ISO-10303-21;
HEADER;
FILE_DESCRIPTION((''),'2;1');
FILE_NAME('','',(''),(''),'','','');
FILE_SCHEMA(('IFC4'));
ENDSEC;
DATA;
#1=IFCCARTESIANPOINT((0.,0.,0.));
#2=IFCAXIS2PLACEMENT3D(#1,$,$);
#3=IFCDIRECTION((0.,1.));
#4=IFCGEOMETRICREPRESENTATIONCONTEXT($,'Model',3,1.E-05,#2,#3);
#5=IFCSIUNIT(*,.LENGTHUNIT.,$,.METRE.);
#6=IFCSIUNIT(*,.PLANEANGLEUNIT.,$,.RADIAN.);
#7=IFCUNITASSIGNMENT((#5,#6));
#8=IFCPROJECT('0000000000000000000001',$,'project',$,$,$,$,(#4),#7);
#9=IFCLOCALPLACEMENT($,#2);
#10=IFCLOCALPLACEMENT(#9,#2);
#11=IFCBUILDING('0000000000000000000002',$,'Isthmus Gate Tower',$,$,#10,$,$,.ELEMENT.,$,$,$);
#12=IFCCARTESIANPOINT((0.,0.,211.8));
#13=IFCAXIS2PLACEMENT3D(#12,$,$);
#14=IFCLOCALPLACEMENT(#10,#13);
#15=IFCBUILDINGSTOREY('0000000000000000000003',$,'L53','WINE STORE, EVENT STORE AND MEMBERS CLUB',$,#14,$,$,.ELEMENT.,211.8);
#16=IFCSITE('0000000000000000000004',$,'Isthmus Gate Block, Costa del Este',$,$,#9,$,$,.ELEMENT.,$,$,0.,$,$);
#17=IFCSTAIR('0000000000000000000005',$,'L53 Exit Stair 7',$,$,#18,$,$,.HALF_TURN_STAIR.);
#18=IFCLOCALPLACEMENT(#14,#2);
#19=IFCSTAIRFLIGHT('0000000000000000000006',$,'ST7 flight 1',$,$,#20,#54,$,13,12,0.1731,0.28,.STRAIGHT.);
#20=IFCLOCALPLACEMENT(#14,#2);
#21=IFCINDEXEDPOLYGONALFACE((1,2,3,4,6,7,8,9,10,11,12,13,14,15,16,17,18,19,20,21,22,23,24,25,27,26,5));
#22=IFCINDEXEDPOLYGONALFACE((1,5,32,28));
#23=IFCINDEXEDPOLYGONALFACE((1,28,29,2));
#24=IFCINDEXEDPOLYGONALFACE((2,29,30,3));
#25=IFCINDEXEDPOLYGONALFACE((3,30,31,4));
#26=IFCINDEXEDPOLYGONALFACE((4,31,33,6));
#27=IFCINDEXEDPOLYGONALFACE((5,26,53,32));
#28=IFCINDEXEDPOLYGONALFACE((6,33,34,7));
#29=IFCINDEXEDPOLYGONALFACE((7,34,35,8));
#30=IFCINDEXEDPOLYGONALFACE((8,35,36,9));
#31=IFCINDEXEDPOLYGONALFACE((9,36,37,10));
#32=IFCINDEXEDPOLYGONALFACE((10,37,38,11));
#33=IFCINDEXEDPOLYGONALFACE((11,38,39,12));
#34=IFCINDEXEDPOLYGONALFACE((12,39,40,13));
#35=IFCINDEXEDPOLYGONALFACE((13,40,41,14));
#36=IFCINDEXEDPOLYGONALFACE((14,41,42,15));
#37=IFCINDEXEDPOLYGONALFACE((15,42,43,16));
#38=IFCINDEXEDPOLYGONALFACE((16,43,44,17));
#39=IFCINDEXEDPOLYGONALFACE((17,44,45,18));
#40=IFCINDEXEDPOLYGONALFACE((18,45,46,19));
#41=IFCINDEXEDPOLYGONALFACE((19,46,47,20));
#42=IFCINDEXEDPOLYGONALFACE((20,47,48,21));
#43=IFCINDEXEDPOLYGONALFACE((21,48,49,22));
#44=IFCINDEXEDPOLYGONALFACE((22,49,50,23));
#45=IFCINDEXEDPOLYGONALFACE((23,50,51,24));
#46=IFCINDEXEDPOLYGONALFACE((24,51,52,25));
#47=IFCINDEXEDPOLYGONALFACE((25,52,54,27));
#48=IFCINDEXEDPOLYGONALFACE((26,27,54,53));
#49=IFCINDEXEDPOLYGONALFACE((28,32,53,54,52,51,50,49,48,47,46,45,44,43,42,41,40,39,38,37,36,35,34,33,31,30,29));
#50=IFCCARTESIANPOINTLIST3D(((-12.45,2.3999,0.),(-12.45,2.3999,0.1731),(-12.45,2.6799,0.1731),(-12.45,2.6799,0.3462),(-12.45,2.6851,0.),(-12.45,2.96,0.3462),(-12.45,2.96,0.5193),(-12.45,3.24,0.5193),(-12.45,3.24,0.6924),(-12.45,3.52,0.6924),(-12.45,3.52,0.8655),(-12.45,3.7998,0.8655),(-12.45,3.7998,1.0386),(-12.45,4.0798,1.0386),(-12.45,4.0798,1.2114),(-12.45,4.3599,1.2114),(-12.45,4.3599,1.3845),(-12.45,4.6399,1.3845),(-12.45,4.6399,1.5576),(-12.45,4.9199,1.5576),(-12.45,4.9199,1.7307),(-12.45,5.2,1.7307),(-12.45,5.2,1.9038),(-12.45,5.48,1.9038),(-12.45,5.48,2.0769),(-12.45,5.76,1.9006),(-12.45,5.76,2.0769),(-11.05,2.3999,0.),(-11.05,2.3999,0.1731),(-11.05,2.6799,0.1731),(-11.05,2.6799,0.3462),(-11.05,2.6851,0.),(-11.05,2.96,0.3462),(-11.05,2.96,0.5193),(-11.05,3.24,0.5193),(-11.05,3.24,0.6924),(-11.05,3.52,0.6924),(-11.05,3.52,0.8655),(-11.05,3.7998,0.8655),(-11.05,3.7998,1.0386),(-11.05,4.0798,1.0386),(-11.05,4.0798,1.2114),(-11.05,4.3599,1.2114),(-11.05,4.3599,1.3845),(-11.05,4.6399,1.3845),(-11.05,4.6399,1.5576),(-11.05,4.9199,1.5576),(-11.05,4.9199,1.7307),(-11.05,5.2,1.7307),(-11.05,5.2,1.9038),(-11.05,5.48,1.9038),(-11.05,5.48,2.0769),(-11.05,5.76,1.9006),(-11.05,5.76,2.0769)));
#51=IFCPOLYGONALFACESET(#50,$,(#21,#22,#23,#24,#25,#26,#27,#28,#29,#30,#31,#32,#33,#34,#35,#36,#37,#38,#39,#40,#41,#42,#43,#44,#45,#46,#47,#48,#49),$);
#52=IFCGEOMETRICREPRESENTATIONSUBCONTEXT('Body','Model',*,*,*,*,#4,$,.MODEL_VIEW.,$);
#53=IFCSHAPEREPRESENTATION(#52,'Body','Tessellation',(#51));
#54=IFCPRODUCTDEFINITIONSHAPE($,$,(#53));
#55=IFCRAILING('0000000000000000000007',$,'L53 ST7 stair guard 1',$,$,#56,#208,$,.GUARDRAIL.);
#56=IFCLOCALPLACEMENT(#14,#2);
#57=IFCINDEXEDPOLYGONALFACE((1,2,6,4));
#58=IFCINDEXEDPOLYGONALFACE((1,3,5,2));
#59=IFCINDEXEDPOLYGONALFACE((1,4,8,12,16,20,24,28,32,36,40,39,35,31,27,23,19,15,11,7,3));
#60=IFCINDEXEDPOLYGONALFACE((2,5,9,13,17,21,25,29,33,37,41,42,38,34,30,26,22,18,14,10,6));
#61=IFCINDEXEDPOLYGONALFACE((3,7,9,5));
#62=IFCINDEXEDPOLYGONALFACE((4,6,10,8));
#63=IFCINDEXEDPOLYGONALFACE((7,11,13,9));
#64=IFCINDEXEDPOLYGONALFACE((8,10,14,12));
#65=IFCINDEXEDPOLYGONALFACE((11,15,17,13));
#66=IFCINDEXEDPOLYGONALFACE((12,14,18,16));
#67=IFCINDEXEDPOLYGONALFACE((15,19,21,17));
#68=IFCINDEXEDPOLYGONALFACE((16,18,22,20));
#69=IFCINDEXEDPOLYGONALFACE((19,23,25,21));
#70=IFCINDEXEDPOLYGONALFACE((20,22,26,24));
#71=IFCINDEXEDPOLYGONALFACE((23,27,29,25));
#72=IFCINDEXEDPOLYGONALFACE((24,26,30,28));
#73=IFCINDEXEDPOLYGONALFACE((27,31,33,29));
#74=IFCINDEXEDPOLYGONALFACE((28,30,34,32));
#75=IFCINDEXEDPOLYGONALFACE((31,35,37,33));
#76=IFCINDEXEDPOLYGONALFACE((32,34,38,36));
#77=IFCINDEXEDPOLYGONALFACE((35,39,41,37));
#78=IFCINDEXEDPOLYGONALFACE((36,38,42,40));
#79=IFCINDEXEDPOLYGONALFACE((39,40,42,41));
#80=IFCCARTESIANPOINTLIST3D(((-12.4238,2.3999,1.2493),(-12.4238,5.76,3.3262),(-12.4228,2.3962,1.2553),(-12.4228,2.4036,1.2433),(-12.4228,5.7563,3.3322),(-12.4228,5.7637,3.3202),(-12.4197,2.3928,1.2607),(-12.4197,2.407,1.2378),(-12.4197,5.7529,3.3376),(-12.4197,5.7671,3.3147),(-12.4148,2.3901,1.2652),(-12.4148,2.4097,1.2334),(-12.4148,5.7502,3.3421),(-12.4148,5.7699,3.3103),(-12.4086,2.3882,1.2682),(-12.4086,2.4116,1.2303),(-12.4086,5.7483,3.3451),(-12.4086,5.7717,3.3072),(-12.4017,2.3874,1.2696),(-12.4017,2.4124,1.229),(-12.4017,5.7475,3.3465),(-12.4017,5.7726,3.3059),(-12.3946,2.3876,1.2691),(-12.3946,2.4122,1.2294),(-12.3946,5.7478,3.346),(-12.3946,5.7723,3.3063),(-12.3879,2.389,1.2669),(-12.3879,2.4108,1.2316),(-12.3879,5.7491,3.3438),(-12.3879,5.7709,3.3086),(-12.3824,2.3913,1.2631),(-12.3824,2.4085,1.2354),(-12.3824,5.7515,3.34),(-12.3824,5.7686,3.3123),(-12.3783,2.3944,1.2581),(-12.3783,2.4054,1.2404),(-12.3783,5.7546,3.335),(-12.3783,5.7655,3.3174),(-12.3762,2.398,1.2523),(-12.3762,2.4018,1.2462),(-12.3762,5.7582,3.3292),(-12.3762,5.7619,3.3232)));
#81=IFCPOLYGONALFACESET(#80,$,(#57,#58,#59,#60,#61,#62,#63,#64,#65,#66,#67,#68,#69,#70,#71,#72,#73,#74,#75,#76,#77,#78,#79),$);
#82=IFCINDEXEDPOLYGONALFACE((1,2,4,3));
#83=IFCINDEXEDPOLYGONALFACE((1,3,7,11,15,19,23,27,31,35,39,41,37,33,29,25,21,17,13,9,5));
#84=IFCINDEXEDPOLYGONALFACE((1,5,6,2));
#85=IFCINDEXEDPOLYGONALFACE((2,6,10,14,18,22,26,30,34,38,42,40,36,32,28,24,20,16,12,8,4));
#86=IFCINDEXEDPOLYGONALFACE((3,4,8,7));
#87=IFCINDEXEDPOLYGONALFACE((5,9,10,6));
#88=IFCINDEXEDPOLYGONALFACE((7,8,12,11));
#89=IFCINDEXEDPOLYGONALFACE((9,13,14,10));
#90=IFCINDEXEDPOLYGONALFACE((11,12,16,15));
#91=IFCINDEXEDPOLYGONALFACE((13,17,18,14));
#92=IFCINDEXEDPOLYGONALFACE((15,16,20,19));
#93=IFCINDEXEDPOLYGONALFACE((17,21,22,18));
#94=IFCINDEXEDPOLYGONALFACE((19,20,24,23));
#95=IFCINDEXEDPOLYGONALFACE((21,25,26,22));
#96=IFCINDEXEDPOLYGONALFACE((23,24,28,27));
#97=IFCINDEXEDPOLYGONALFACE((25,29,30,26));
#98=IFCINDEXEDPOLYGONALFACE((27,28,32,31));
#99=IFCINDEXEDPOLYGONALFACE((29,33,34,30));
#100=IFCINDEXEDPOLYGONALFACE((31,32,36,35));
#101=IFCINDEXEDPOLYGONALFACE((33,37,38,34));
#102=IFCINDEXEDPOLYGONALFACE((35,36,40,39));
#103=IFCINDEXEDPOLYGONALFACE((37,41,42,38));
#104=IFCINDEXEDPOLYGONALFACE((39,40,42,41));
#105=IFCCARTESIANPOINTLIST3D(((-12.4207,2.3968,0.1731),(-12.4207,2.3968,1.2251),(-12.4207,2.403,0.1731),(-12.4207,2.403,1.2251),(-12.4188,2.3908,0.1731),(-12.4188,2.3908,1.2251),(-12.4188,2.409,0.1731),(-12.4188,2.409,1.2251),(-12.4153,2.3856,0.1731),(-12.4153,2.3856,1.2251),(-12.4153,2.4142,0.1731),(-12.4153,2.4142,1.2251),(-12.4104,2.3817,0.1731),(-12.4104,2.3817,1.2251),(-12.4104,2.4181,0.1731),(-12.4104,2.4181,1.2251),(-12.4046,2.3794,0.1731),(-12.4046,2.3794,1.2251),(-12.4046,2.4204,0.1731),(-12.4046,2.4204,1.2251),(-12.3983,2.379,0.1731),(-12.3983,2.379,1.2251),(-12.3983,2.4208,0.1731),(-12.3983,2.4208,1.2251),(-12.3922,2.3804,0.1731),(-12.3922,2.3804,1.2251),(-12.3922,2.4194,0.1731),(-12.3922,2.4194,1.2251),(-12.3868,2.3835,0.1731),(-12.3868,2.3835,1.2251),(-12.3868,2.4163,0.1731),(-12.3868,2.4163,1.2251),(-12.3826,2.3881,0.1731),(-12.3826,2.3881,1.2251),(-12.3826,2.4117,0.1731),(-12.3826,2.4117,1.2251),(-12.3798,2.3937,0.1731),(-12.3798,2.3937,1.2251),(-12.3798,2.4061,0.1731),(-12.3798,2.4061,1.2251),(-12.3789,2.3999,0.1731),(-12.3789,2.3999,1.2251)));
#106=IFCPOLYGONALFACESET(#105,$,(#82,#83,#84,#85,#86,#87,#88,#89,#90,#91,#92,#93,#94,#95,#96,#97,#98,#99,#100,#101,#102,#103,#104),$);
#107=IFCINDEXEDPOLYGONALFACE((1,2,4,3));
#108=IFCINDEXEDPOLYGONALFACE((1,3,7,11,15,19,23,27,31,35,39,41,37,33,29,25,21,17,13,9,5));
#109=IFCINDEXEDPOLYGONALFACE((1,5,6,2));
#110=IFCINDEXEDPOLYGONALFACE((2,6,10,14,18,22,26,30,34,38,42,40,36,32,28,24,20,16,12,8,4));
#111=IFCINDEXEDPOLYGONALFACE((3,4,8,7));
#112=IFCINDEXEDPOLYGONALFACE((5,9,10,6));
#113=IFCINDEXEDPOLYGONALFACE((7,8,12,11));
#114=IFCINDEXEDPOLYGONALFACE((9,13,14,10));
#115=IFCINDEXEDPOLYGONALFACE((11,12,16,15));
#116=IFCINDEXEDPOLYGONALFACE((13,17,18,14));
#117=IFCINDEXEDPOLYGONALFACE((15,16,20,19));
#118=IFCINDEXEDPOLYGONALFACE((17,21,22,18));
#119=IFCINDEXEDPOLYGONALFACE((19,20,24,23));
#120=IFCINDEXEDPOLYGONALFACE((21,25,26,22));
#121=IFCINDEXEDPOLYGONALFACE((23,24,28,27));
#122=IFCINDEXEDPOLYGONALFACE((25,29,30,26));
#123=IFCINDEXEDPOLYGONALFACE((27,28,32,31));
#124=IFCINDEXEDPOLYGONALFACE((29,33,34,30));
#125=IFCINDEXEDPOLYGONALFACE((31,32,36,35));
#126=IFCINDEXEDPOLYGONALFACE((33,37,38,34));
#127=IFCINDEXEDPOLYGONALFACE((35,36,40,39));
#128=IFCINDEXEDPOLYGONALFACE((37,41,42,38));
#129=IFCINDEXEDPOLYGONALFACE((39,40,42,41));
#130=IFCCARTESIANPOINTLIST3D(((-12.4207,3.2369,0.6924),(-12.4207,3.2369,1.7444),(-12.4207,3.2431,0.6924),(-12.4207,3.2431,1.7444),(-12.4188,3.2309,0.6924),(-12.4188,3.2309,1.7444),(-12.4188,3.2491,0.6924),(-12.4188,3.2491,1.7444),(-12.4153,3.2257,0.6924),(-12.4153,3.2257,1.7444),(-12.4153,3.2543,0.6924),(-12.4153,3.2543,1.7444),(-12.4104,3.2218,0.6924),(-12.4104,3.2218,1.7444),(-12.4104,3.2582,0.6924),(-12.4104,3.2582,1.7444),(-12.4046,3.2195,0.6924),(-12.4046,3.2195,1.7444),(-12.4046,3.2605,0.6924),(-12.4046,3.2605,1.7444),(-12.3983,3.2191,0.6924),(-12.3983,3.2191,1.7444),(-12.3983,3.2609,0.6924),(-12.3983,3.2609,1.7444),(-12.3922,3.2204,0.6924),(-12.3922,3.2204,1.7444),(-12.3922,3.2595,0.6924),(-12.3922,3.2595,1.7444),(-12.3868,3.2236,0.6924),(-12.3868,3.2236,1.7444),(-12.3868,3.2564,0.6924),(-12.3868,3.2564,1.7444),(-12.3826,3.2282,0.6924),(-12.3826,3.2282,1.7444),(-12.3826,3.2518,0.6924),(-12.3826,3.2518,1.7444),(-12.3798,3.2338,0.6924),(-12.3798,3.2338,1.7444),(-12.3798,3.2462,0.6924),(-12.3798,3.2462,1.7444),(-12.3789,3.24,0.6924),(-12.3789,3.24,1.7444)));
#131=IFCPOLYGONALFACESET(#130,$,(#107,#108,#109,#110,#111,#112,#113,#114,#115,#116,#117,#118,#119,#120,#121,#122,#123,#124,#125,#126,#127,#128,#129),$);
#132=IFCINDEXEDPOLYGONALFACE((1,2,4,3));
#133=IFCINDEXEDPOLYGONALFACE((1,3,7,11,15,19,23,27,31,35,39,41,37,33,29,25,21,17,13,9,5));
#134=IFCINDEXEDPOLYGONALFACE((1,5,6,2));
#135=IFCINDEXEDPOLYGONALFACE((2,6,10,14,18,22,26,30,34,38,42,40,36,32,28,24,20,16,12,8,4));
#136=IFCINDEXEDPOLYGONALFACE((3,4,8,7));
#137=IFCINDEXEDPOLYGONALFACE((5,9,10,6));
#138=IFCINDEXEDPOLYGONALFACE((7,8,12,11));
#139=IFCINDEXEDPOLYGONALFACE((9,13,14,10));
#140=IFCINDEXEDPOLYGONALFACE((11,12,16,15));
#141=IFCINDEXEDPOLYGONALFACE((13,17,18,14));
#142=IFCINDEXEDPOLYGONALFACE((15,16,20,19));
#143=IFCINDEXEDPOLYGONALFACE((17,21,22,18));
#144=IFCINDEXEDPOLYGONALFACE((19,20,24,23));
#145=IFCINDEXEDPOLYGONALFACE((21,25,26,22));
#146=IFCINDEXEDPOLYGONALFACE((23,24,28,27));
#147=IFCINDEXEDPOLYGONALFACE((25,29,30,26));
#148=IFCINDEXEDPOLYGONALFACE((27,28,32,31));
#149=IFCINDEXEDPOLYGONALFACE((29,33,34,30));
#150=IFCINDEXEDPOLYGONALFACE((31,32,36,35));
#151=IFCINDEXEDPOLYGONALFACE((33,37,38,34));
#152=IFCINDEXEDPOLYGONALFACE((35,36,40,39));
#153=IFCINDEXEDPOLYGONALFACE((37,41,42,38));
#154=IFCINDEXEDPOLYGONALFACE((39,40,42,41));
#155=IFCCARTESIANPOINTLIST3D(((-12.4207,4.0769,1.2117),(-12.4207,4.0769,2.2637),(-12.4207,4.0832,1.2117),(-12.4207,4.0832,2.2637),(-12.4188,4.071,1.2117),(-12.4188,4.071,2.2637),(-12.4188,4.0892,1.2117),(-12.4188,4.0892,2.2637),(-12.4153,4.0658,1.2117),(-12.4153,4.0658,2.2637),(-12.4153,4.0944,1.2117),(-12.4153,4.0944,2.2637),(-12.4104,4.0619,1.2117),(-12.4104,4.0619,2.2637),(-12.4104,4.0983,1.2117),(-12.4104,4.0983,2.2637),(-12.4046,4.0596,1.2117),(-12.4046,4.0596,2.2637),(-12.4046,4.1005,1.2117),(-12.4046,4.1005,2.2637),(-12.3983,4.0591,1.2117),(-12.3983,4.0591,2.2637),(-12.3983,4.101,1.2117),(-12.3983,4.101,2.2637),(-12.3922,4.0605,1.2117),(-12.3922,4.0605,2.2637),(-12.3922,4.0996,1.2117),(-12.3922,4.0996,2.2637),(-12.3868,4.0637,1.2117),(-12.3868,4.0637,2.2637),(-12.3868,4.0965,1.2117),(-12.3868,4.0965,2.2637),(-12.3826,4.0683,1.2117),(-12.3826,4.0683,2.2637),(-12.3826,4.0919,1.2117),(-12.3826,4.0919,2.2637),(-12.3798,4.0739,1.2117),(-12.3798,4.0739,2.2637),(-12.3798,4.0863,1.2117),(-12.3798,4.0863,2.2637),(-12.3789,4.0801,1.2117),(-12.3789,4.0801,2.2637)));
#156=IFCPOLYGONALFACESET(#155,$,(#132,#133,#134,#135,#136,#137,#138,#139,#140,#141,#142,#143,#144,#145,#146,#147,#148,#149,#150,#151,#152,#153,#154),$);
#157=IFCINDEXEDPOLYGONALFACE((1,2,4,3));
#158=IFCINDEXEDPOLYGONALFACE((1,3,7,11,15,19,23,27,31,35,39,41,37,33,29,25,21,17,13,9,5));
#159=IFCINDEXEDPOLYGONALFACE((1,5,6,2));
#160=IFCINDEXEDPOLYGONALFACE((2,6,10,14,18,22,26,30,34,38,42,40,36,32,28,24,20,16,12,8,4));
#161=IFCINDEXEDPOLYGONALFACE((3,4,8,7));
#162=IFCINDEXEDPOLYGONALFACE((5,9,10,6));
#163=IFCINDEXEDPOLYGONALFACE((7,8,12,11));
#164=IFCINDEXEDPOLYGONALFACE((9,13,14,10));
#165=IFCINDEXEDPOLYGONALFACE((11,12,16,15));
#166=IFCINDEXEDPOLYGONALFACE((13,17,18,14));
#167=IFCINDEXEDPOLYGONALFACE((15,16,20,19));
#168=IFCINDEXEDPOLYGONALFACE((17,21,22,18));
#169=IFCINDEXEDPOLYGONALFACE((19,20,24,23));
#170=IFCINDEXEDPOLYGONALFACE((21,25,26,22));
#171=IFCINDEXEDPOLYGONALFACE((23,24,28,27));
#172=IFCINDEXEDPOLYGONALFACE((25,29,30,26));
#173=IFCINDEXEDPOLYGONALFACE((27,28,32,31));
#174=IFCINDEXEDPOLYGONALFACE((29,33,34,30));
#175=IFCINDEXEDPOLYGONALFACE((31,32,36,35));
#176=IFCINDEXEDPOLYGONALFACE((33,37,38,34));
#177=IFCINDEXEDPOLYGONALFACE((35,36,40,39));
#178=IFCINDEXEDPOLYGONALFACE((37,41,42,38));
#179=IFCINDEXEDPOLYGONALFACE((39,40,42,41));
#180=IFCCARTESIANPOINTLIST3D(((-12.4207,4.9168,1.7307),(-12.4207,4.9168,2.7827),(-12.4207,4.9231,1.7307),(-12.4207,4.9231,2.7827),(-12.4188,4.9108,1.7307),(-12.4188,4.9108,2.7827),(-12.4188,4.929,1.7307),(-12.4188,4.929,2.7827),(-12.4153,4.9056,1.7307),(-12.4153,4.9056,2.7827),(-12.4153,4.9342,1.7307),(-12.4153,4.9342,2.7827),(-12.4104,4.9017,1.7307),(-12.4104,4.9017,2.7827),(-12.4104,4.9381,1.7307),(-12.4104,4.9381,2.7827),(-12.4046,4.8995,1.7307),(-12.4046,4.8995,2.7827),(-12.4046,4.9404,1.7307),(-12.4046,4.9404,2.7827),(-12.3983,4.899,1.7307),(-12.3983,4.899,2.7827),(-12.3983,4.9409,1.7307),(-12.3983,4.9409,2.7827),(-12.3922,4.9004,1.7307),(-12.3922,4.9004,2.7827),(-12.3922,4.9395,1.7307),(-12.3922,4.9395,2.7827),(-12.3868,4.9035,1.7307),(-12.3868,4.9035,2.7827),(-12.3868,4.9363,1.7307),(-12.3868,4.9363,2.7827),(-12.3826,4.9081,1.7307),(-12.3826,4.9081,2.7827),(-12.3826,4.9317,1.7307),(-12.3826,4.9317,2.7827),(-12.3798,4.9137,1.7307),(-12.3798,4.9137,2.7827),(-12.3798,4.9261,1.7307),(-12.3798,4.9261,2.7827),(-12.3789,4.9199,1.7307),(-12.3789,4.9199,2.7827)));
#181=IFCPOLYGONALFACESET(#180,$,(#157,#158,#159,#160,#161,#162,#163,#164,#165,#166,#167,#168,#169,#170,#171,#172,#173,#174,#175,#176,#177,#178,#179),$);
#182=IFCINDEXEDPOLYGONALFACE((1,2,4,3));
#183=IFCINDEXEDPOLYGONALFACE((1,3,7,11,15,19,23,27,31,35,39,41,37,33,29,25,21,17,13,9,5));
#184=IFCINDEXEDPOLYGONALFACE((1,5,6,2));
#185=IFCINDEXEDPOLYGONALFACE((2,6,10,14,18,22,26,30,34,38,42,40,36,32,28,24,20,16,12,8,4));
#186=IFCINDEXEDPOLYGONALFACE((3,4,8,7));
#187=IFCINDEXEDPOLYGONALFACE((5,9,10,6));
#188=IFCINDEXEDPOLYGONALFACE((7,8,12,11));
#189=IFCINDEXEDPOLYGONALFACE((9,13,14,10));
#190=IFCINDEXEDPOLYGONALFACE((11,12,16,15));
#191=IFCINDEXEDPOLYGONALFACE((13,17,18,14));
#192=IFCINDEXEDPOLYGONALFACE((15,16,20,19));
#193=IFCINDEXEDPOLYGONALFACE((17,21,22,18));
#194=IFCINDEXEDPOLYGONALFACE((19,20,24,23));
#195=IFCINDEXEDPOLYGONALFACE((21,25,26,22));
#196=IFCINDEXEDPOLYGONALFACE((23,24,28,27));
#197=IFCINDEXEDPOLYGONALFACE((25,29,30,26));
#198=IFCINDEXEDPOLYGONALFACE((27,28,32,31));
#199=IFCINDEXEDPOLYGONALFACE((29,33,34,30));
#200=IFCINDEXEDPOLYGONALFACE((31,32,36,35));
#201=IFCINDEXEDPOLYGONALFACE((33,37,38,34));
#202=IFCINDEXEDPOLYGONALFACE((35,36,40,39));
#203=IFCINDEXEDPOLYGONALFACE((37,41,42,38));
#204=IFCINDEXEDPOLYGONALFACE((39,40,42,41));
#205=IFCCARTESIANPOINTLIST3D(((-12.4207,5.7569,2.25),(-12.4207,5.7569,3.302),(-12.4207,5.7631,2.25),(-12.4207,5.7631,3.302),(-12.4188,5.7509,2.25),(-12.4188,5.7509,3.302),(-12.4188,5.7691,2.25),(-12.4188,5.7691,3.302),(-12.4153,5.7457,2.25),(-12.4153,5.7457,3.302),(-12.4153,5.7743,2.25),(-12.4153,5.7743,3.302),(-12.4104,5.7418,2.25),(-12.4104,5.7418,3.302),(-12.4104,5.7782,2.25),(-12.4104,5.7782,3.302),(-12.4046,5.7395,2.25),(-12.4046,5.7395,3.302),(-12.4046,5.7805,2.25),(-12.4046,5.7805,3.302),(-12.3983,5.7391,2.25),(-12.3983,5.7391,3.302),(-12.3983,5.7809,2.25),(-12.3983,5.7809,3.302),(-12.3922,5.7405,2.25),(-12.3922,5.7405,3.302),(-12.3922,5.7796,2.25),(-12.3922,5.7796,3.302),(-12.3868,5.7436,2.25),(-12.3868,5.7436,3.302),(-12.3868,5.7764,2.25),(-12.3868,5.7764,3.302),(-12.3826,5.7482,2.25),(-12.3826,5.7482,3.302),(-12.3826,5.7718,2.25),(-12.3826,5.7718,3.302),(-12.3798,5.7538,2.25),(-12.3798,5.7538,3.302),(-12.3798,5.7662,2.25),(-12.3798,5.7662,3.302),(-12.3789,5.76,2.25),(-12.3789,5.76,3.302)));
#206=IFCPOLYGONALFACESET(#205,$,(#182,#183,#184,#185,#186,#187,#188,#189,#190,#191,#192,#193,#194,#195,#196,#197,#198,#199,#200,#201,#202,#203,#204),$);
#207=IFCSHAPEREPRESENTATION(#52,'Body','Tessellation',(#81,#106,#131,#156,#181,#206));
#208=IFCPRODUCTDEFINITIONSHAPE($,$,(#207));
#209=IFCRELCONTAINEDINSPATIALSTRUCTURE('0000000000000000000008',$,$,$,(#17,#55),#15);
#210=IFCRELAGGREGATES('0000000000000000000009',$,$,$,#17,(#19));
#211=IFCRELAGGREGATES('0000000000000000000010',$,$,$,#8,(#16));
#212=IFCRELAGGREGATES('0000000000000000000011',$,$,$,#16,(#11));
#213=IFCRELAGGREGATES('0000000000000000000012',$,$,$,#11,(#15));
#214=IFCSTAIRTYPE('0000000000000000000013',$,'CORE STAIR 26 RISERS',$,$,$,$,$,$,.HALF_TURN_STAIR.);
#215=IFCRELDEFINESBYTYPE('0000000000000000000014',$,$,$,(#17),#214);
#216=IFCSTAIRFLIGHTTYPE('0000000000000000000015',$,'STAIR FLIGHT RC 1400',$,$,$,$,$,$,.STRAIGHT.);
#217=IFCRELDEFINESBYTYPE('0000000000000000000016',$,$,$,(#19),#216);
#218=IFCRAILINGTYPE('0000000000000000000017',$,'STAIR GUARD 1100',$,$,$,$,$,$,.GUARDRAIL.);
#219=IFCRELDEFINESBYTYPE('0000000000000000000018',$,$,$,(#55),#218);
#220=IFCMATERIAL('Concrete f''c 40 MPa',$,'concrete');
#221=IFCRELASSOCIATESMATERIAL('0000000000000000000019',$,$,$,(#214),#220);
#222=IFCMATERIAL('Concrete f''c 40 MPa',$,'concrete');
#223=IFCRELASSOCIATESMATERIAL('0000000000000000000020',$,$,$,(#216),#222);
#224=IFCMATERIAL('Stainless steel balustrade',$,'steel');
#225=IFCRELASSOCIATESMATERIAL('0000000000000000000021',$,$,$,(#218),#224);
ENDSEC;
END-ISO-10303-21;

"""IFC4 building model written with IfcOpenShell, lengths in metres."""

from ifc_helpers import new_model, si_unit, direction, frame, origin, origin_2d, place, context, subcontext, project, spatial, polyline, circle, outline, extrude, material, type_object, element, aggregate, save


model = new_model("IFC4")

# Units and contexts
model_context = context("Model", 3, precision=1e-05, world=origin(), true_north=direction((0.0, 1.0)))
body_context = subcontext(model_context, "Body", "Model", "MODEL_VIEW")
ifc_project = project(units=[si_unit("LENGTHUNIT", "METRE"), si_unit("PLANEANGLEUNIT", "RADIAN")], contexts=[model_context])

# Site, building, storey
site_placement = place(None, origin())
site = spatial("IfcSite", under=ifc_project, at=site_placement, Name="Isthmus Gate Block, Costa del Este", CompositionType="ELEMENT", RefElevation=0.0)
building_placement = place(site_placement, origin())
building = spatial("IfcBuilding", under=site, at=building_placement, Name="Isthmus Gate Tower", CompositionType="ELEMENT")
storey_placement = place(building_placement, frame((0.0, 0.0, 211.8)))
storey = spatial("IfcBuildingStorey", under=building, at=storey_placement, Name="L53", Description="WINE STORE, EVENT STORE AND MEMBERS CLUB", CompositionType="ELEMENT", Elevation=211.8)

# Stair, stair flight
ifc_material_1 = material(Name="Concrete f'c 40 MPa", Category="concrete")
stair_type = type_object("IfcStairType", Name="CORE STAIR 26 RISERS", PredefinedType="HALF_TURN_STAIR", material=ifc_material_1)
stair_placement = place(storey_placement, origin())
stair = element("IfcStair", 1, at=stair_placement, inside=storey, type_object=stair_type, Name="L53 Exit Stair 7", PredefinedType="HALF_TURN_STAIR")
ifc_material_2 = material(Name="Concrete f'c 40 MPa", Category="concrete")
stair_flight_type = type_object("IfcStairFlightType", Name="STAIR FLIGHT RC 1400", PredefinedType="STRAIGHT", material=ifc_material_2)
stair_flight_placement = place(storey_placement, frame((-11.75, 2.3999, 0.0), z_axis=(0.0, 0.0, 1.0), x_axis=(0.0, 1.0, 0.0)))
stair_flight = element("IfcStairFlight", 2, at=stair_flight_placement, type_object=stair_flight_type, Name="ST7 flight 1", NumberOfRisers=13, NumberOfTreads=12, PredefinedType="STRAIGHT", RiserHeight=0.1731, TreadLength=0.28, context=body_context, shape_type="SweptSolid", body=[
    extrude(outline(polyline([(0.0, 0.0), (0.0, 0.1731), (0.28, 0.1731), (0.28, 0.3462), (0.5601, 0.3462), (0.5601, 0.5193), (0.8401, 0.5193), (0.8401, 0.6924), (1.1201, 0.6924), (1.1201, 0.8655), (1.3999, 0.8655), (1.3999, 1.0386), (1.6799, 1.0386), (1.6799, 1.2114), (1.96, 1.2114), (1.96, 1.3845), (2.24, 1.3845), (2.24, 1.5576), (2.52, 1.5576), (2.52, 1.7307), (2.8, 1.7307), (2.8, 1.9038), (3.0801, 1.9038), (3.0801, 2.0769), (3.3601, 2.0769), (3.3601, 2.25), (3.3601, 1.9006), (0.2852, 0.0), (0.0, 0.0)])), frame((0.0, 0.7, 0.0), z_axis=(0.0, -1.0, 0.0), x_axis=(1.0, 0.0, 0.0)), (0.0, 0.0, 1.0), 1.3999),
])
aggregate(stair, [stair_flight])

# Railing
ifc_material_3 = material(Name="Stainless steel balustrade", Category="steel")
railing_type_1 = type_object("IfcRailingType", Name="STAIR GUARD 1100", PredefinedType="GUARDRAIL", material=ifc_material_3)
railing_1_placement = place(storey_placement, frame((-12.3999, 2.3999, 0.1731)))
element("IfcRailing", 3, at=railing_1_placement, inside=storey, type_object=railing_type_1, Name="L53 ST7 stair guard 1", PredefinedType="GUARDRAIL", context=body_context, shape_type="SweptSolid", body=[
    extrude(circle(Radius=0.0239, at=origin_2d()), frame((0.0, 0.0, 1.0762), z_axis=(0.0, 0.850623, 0.525776), x_axis=(-1.0, 0.0, 0.0)), (0.0, 0.0, 1.0), 3.9502),
    extrude(circle(Radius=0.021, at=origin_2d()), origin(), (0.0, 0.0, 1.0), 1.052),
    extrude(circle(Radius=0.021, at=origin_2d()), frame((0.0, 0.8401, 0.5193)), (0.0, 0.0, 1.0), 1.052),
    extrude(circle(Radius=0.021, at=origin_2d()), frame((0.0, 1.6802, 1.0386)), (0.0, 0.0, 1.0), 1.052),
    extrude(circle(Radius=0.021, at=origin_2d()), frame((0.0, 2.52, 1.5576)), (0.0, 0.0, 1.0), 1.052),
    extrude(circle(Radius=0.021, at=origin_2d()), frame((0.0, 3.3601, 2.0769)), (0.0, 0.0, 1.0), 1.052),
])

save(model, "model.ifc")
